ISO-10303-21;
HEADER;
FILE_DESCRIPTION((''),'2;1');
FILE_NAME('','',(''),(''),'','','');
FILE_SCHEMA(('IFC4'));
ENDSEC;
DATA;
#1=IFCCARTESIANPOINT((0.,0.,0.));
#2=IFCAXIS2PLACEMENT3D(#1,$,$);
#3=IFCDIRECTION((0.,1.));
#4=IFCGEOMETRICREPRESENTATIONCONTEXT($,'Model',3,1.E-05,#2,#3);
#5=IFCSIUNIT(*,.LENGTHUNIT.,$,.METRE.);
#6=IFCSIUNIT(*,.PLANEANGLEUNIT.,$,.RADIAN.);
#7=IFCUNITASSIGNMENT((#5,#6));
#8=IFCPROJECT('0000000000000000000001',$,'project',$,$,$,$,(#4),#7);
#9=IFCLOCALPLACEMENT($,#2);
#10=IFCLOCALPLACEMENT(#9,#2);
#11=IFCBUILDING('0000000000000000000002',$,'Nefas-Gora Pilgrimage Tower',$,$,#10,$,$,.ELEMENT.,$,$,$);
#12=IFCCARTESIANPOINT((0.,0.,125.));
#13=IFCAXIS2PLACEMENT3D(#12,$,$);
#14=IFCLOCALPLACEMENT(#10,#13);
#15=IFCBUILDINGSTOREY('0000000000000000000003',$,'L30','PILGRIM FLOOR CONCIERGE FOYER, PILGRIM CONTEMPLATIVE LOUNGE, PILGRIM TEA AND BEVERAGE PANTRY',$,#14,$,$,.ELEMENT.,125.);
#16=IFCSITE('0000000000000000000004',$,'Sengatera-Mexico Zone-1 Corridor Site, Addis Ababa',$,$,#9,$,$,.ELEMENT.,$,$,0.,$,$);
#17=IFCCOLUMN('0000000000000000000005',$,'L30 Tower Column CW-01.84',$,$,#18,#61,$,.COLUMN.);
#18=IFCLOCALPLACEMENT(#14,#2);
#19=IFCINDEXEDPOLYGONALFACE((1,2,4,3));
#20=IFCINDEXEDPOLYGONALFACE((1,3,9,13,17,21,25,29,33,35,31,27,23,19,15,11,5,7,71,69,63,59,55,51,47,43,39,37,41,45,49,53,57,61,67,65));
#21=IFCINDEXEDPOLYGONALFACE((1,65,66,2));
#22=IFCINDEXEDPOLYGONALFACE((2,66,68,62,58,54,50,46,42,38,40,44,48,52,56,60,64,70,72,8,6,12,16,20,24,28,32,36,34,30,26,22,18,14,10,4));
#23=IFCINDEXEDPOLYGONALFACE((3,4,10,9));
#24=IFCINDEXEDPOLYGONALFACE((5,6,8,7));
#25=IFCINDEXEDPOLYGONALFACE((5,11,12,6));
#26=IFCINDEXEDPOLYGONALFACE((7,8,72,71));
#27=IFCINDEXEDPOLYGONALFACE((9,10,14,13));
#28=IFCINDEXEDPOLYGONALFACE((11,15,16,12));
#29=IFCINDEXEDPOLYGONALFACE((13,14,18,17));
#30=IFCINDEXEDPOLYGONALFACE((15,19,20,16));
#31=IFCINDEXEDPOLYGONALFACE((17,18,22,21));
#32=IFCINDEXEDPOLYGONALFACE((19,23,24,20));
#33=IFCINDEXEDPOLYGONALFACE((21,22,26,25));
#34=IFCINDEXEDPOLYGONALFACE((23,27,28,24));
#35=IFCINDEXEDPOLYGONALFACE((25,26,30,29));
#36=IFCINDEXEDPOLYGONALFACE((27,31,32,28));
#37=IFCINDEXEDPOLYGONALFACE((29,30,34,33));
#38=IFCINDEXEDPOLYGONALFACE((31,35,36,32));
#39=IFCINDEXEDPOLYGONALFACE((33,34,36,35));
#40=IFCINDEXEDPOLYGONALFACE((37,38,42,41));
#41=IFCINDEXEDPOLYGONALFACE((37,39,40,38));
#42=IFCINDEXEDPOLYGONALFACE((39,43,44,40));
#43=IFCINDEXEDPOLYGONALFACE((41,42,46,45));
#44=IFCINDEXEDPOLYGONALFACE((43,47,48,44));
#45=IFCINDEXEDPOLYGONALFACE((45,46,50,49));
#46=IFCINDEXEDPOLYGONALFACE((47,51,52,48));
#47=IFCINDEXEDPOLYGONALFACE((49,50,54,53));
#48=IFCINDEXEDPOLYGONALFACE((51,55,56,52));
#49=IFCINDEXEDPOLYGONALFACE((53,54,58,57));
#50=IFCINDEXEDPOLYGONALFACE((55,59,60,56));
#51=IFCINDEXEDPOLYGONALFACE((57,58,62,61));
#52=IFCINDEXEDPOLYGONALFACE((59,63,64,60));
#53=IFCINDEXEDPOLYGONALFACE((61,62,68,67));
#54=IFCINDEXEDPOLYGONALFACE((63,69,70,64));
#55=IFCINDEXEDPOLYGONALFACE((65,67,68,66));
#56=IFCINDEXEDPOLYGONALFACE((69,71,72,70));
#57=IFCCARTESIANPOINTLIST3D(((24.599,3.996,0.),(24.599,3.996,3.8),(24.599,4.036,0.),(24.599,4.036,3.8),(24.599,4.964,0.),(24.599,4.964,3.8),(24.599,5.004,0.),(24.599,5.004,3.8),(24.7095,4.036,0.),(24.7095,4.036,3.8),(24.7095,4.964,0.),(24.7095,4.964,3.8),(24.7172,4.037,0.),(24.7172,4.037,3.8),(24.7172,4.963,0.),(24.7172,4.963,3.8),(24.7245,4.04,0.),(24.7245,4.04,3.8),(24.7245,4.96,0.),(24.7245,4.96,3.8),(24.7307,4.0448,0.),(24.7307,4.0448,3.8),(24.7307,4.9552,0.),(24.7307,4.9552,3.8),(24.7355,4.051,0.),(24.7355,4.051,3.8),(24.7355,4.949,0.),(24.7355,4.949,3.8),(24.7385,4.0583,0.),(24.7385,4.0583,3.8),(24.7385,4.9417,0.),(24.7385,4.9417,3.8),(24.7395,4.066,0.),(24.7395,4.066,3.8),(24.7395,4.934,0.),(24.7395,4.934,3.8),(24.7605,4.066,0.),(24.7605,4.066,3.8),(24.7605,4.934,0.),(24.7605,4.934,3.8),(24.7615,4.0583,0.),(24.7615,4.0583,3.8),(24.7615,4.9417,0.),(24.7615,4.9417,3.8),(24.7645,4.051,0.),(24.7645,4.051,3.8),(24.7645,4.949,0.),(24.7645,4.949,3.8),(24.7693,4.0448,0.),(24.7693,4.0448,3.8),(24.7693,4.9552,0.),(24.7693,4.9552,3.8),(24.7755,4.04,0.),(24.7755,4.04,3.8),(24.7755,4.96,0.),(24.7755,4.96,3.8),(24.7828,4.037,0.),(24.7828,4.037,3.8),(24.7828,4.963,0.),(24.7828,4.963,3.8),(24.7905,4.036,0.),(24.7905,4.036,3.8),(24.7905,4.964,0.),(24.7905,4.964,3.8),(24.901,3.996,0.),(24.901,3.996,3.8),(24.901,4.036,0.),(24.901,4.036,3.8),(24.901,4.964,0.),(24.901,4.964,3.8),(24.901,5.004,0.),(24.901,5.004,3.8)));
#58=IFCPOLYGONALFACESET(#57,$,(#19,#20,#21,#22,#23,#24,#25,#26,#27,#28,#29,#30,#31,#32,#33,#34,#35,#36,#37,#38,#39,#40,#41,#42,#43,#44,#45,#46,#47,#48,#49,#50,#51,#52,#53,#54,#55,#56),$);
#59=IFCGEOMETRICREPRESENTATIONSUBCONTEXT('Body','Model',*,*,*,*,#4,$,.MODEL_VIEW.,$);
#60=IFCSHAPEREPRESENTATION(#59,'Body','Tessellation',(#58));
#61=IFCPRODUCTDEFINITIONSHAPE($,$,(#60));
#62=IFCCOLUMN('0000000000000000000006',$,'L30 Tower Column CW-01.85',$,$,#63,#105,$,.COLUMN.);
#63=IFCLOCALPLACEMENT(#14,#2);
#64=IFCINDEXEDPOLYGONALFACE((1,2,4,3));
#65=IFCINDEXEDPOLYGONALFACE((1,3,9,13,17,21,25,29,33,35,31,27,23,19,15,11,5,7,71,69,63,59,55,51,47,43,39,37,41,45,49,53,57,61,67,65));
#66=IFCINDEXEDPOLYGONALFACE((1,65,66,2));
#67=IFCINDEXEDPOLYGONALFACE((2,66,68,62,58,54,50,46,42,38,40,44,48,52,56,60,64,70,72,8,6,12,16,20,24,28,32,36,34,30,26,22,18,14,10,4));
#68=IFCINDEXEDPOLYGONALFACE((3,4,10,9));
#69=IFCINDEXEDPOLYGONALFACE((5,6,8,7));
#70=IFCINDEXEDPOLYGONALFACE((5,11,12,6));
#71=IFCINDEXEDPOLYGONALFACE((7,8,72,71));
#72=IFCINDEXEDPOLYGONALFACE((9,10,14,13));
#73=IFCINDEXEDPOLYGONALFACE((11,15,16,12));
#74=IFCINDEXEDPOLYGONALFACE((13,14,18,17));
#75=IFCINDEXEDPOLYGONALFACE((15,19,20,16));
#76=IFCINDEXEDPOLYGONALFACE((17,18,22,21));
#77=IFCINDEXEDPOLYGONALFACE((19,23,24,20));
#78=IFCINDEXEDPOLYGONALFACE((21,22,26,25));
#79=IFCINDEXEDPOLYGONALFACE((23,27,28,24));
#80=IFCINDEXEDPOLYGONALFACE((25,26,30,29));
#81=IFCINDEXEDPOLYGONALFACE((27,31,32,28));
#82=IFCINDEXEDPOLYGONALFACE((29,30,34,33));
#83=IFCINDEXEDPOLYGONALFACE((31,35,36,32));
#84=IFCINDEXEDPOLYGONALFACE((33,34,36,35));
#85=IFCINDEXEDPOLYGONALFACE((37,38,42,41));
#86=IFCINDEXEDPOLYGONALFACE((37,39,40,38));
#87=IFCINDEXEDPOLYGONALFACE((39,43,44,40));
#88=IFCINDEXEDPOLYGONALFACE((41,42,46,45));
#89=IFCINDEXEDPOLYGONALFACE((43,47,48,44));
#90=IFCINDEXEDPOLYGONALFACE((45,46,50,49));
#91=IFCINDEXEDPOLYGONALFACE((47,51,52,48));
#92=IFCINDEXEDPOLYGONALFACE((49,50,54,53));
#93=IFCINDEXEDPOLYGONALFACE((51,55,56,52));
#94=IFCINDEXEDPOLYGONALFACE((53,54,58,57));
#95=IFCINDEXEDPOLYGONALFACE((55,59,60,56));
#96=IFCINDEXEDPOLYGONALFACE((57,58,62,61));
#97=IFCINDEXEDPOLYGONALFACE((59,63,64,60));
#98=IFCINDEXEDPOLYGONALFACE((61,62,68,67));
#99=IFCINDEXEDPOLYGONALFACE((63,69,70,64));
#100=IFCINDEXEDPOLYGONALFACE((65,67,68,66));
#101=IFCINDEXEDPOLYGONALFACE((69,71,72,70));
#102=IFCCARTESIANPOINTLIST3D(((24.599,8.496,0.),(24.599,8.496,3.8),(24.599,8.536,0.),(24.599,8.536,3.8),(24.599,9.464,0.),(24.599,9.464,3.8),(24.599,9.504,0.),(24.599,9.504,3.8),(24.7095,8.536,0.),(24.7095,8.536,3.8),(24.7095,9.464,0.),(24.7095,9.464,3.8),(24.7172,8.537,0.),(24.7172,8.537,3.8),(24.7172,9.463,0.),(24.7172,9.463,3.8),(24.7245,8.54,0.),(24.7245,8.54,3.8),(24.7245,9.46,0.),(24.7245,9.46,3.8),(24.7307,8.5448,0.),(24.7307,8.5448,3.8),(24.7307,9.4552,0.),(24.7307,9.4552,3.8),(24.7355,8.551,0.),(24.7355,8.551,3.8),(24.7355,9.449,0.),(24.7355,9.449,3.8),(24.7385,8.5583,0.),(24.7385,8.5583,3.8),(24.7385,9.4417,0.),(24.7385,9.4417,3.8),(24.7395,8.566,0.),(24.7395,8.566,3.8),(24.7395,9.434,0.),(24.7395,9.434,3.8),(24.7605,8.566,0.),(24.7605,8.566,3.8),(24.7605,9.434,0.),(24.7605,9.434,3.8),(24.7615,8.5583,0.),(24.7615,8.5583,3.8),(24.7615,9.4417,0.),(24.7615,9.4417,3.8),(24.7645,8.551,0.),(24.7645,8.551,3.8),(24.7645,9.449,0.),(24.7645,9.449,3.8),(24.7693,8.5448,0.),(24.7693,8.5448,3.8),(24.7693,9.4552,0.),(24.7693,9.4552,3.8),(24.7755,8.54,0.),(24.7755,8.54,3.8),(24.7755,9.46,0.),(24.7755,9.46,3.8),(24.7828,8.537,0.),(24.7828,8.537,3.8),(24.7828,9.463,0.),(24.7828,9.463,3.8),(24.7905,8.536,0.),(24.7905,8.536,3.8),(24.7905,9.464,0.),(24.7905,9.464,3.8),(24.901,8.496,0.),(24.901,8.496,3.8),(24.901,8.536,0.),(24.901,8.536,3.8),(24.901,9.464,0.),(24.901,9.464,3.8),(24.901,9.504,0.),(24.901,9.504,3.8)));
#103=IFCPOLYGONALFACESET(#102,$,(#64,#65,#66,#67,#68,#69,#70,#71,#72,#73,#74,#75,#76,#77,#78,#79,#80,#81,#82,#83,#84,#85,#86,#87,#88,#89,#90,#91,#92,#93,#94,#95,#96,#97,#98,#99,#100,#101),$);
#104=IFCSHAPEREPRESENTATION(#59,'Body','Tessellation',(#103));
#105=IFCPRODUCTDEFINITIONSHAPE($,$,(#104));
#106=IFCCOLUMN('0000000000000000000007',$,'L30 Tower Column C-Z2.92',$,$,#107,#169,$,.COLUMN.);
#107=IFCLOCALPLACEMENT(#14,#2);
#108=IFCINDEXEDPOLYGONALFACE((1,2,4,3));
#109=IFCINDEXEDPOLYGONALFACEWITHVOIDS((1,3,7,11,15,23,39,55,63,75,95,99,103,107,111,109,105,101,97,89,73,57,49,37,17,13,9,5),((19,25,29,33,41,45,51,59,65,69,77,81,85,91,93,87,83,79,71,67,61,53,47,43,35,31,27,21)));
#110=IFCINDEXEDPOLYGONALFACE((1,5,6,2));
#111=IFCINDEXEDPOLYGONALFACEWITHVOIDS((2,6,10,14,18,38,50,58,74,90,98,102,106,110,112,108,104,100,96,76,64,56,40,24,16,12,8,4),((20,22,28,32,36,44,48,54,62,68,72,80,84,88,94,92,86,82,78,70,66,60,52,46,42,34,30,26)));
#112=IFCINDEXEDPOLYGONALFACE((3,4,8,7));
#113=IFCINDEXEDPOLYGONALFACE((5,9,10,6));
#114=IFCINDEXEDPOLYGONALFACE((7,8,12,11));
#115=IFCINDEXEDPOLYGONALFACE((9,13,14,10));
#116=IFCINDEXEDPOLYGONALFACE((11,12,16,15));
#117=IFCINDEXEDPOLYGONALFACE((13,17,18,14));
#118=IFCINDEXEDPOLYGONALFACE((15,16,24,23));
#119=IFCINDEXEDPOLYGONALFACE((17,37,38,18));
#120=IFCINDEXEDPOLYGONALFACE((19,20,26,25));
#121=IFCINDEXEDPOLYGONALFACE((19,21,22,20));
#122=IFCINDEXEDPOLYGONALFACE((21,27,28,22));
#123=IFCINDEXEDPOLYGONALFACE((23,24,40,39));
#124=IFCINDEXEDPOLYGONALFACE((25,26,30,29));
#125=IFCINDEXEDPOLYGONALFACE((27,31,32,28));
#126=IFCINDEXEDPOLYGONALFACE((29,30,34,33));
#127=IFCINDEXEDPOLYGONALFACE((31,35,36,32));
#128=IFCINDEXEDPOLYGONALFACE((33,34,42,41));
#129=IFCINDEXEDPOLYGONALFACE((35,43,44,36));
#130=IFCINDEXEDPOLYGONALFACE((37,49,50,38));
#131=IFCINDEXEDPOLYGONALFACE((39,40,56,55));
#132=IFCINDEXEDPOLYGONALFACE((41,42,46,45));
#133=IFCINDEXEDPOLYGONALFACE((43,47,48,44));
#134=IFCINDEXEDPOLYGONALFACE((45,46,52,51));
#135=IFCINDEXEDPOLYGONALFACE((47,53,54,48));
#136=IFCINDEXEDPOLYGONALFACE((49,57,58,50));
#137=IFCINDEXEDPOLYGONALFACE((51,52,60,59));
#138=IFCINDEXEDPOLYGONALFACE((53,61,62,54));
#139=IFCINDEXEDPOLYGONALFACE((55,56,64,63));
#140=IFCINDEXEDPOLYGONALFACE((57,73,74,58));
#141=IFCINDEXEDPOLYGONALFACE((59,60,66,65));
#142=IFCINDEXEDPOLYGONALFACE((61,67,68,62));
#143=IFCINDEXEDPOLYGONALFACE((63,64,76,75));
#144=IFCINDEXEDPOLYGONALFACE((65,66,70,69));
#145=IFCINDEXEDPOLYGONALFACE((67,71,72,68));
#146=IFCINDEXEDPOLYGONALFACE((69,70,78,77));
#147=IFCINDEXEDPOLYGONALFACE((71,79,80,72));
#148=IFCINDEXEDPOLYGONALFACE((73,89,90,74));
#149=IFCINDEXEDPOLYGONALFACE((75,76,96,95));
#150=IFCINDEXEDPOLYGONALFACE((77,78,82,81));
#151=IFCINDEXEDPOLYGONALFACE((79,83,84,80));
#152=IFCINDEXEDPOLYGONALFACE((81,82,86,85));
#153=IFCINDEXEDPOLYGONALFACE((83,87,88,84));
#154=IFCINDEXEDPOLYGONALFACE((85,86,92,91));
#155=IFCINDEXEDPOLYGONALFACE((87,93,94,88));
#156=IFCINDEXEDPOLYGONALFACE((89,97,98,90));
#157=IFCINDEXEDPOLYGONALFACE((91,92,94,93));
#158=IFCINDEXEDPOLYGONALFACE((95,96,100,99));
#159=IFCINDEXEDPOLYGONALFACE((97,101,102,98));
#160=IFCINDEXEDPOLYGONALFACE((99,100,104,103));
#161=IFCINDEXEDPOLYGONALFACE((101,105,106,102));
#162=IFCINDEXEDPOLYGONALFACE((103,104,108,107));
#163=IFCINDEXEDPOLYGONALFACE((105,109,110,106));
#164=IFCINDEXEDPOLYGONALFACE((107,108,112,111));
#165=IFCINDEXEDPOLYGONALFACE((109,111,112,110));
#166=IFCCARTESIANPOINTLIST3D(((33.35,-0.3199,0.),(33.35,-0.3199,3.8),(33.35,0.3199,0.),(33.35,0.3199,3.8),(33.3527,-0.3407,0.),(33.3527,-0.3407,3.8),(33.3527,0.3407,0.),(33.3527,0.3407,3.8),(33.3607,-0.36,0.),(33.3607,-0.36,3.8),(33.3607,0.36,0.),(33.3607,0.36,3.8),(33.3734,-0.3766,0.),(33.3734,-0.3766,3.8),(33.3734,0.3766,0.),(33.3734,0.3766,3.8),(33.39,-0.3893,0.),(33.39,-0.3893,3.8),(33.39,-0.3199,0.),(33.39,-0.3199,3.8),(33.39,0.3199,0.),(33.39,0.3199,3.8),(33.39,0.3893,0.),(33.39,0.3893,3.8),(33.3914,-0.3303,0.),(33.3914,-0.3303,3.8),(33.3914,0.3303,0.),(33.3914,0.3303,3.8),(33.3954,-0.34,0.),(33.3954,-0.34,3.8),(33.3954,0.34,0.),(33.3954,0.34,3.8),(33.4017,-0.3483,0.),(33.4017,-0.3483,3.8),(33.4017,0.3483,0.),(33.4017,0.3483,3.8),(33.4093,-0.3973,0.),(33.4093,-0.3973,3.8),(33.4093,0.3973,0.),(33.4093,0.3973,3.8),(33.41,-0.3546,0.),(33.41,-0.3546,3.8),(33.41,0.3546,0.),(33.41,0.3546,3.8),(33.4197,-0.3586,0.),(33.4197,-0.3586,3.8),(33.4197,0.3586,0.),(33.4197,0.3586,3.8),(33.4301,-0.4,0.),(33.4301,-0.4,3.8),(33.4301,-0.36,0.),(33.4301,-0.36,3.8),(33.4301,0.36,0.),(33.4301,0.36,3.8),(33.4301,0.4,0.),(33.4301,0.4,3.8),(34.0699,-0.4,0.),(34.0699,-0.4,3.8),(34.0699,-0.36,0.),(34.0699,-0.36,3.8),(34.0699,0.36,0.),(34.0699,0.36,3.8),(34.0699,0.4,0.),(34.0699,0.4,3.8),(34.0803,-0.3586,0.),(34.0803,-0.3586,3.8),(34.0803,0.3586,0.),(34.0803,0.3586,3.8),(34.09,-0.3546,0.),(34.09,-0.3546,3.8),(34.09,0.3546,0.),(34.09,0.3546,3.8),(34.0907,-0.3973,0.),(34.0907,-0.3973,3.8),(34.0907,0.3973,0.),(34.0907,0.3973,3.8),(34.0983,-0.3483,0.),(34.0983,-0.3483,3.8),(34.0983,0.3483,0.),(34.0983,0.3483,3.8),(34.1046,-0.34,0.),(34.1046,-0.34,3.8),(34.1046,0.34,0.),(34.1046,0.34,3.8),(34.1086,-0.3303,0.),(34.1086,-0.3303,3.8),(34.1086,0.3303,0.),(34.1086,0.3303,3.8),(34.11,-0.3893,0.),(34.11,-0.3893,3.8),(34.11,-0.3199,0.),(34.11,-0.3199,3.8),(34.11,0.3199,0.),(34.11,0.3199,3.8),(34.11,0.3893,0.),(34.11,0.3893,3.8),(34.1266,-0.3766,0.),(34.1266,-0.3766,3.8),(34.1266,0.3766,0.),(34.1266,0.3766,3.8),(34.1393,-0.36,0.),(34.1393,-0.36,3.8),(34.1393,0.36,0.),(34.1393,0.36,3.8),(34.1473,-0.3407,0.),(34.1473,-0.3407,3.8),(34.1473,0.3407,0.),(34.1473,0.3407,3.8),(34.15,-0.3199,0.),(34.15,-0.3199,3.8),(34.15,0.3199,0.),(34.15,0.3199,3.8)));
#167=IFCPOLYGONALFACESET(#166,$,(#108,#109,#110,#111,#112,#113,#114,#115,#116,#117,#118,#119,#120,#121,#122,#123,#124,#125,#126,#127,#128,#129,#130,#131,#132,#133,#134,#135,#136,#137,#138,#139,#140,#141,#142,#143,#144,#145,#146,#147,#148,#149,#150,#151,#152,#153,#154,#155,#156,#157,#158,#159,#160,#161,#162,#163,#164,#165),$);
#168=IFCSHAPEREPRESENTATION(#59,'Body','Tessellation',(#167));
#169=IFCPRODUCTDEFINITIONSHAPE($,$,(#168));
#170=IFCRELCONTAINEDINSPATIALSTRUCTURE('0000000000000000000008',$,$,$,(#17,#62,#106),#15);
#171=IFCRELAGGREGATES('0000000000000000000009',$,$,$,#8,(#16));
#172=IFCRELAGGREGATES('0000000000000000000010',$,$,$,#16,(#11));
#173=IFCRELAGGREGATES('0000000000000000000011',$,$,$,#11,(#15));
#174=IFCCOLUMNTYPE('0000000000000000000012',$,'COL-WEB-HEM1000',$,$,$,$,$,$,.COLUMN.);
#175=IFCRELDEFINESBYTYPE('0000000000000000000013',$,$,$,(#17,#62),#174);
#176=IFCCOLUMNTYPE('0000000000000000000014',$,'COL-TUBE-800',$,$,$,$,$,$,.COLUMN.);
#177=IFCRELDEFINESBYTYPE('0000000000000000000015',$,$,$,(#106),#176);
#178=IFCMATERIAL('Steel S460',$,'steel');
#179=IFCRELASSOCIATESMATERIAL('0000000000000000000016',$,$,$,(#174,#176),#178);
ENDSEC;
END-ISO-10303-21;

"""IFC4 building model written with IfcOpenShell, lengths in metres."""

from ifc_helpers import new_model, si_unit, direction, frame, origin, origin_2d, place, context, subcontext, project, spatial, hollow_rectangle, i_section, extrude, source, transform, mapped, material, material_profile, profile_set, type_object, element, save


model = new_model("IFC4")

# Units and contexts
model_context = context("Model", 3, precision=1e-05, world=origin(), true_north=direction((0.0, 1.0)))
body_context = subcontext(model_context, "Body", "Model", "MODEL_VIEW")
ifc_project = project(units=[si_unit("LENGTHUNIT", "METRE"), si_unit("PLANEANGLEUNIT", "RADIAN")], contexts=[model_context])

# Site, building, storey
site_placement = place(None, origin())
site = spatial("IfcSite", under=ifc_project, at=site_placement, Name="Sengatera-Mexico Zone-1 Corridor Site, Addis Ababa", CompositionType="ELEMENT", RefElevation=0.0)
building_placement = place(site_placement, origin())
building = spatial("IfcBuilding", under=site, at=building_placement, Name="Nefas-Gora Pilgrimage Tower", CompositionType="ELEMENT")
storey_placement = place(building_placement, frame((0.0, 0.0, 125.0)))
storey = spatial("IfcBuildingStorey", under=building, at=storey_placement, Name="L30", Description="PILGRIM FLOOR CONCIERGE FOYER, PILGRIM CONTEMPLATIVE LOUNGE, PILGRIM TEA AND BEVERAGE PANTRY", CompositionType="ELEMENT", Elevation=125.0)

# Columns
ifc_material_1 = material(Name="Steel S460", Category="steel")
ifc_material_profile_1 = material_profile(ifc_material_1, i_section(OverallWidth=0.302, OverallDepth=1.0081, WebThickness=0.021, FlangeThickness=0.04, FilletRadius=0.03, at=origin_2d()), Name="HEM 1000")
ifc_profile_set_1 = profile_set([ifc_material_profile_1], Name="Steel S460")
column_type_1 = type_object("IfcColumnType", Name="COL-WEB-HEM1000", PredefinedType="COLUMN", material=ifc_profile_set_1)
shared_shape_1 = source(origin(), body_context, "Body", "SweptSolid", [
    extrude(i_section(OverallWidth=0.302, OverallDepth=1.0081, WebThickness=0.021, FlangeThickness=0.04, FilletRadius=0.03, at=origin_2d()), origin(), (0.0, 0.0, 1.0), 3.8),
])
for number, where, z_axis, x_axis, name in (
    (1, (24.75, 4.5, 0.0), (0.0, 0.0, 1.0), (1.0, 0.0, 0.0), "L30 Tower Column CW-01.84"),
    (2, (24.75, 9.0, 0.0), (0.0, 0.0, 1.0), (1.0, 0.0, 0.0), "L30 Tower Column CW-01.85"),
):
    element("IfcColumn", number, at=place(storey_placement, frame(where, z_axis=z_axis, x_axis=x_axis)), inside=storey, type_object=column_type_1, Name=name, PredefinedType="COLUMN", context=body_context, shape_type="MappedRepresentation", body=[
        mapped(shared_shape_1, transform((0.0, 0.0, 0.0), x_axis=(1.0, 0.0, 0.0), y_axis=(0.0, 1.0, 0.0), z_axis=(0.0, 0.0, 1.0), scale=1.0)),
    ])
ifc_material_profile_2 = material_profile(ifc_material_1, hollow_rectangle(XDim=0.8, YDim=0.8, WallThickness=0.04, InnerFilletRadius=0.04, OuterFilletRadius=0.0801, at=origin_2d()), Name="BOX 800x800x40")
ifc_profile_set_2 = profile_set([ifc_material_profile_2], Name="Steel S460")
column_type_2 = type_object("IfcColumnType", Name="COL-TUBE-800", PredefinedType="COLUMN", material=ifc_profile_set_2)
shared_shape_2 = source(origin(), body_context, "Body", "SweptSolid", [
    extrude(hollow_rectangle(XDim=0.8, YDim=0.8, WallThickness=0.04, InnerFilletRadius=0.04, OuterFilletRadius=0.0801, at=origin_2d()), origin(), (0.0, 0.0, 1.0), 3.8),
])
for number, where, z_axis, x_axis, name in (
    (3, (33.75, 0.0, 0.0), (0.0, 0.0, 1.0), (1.0, 0.0, 0.0), "L30 Tower Column C-Z2.92"),
):
    element("IfcColumn", number, at=place(storey_placement, frame(where, z_axis=z_axis, x_axis=x_axis)), inside=storey, type_object=column_type_2, Name=name, PredefinedType="COLUMN", context=body_context, shape_type="MappedRepresentation", body=[
        mapped(shared_shape_2, transform((0.0, 0.0, 0.0), x_axis=(1.0, 0.0, 0.0), y_axis=(0.0, 1.0, 0.0), z_axis=(0.0, 0.0, 1.0), scale=1.0)),
    ])

save(model, "model.ifc")
